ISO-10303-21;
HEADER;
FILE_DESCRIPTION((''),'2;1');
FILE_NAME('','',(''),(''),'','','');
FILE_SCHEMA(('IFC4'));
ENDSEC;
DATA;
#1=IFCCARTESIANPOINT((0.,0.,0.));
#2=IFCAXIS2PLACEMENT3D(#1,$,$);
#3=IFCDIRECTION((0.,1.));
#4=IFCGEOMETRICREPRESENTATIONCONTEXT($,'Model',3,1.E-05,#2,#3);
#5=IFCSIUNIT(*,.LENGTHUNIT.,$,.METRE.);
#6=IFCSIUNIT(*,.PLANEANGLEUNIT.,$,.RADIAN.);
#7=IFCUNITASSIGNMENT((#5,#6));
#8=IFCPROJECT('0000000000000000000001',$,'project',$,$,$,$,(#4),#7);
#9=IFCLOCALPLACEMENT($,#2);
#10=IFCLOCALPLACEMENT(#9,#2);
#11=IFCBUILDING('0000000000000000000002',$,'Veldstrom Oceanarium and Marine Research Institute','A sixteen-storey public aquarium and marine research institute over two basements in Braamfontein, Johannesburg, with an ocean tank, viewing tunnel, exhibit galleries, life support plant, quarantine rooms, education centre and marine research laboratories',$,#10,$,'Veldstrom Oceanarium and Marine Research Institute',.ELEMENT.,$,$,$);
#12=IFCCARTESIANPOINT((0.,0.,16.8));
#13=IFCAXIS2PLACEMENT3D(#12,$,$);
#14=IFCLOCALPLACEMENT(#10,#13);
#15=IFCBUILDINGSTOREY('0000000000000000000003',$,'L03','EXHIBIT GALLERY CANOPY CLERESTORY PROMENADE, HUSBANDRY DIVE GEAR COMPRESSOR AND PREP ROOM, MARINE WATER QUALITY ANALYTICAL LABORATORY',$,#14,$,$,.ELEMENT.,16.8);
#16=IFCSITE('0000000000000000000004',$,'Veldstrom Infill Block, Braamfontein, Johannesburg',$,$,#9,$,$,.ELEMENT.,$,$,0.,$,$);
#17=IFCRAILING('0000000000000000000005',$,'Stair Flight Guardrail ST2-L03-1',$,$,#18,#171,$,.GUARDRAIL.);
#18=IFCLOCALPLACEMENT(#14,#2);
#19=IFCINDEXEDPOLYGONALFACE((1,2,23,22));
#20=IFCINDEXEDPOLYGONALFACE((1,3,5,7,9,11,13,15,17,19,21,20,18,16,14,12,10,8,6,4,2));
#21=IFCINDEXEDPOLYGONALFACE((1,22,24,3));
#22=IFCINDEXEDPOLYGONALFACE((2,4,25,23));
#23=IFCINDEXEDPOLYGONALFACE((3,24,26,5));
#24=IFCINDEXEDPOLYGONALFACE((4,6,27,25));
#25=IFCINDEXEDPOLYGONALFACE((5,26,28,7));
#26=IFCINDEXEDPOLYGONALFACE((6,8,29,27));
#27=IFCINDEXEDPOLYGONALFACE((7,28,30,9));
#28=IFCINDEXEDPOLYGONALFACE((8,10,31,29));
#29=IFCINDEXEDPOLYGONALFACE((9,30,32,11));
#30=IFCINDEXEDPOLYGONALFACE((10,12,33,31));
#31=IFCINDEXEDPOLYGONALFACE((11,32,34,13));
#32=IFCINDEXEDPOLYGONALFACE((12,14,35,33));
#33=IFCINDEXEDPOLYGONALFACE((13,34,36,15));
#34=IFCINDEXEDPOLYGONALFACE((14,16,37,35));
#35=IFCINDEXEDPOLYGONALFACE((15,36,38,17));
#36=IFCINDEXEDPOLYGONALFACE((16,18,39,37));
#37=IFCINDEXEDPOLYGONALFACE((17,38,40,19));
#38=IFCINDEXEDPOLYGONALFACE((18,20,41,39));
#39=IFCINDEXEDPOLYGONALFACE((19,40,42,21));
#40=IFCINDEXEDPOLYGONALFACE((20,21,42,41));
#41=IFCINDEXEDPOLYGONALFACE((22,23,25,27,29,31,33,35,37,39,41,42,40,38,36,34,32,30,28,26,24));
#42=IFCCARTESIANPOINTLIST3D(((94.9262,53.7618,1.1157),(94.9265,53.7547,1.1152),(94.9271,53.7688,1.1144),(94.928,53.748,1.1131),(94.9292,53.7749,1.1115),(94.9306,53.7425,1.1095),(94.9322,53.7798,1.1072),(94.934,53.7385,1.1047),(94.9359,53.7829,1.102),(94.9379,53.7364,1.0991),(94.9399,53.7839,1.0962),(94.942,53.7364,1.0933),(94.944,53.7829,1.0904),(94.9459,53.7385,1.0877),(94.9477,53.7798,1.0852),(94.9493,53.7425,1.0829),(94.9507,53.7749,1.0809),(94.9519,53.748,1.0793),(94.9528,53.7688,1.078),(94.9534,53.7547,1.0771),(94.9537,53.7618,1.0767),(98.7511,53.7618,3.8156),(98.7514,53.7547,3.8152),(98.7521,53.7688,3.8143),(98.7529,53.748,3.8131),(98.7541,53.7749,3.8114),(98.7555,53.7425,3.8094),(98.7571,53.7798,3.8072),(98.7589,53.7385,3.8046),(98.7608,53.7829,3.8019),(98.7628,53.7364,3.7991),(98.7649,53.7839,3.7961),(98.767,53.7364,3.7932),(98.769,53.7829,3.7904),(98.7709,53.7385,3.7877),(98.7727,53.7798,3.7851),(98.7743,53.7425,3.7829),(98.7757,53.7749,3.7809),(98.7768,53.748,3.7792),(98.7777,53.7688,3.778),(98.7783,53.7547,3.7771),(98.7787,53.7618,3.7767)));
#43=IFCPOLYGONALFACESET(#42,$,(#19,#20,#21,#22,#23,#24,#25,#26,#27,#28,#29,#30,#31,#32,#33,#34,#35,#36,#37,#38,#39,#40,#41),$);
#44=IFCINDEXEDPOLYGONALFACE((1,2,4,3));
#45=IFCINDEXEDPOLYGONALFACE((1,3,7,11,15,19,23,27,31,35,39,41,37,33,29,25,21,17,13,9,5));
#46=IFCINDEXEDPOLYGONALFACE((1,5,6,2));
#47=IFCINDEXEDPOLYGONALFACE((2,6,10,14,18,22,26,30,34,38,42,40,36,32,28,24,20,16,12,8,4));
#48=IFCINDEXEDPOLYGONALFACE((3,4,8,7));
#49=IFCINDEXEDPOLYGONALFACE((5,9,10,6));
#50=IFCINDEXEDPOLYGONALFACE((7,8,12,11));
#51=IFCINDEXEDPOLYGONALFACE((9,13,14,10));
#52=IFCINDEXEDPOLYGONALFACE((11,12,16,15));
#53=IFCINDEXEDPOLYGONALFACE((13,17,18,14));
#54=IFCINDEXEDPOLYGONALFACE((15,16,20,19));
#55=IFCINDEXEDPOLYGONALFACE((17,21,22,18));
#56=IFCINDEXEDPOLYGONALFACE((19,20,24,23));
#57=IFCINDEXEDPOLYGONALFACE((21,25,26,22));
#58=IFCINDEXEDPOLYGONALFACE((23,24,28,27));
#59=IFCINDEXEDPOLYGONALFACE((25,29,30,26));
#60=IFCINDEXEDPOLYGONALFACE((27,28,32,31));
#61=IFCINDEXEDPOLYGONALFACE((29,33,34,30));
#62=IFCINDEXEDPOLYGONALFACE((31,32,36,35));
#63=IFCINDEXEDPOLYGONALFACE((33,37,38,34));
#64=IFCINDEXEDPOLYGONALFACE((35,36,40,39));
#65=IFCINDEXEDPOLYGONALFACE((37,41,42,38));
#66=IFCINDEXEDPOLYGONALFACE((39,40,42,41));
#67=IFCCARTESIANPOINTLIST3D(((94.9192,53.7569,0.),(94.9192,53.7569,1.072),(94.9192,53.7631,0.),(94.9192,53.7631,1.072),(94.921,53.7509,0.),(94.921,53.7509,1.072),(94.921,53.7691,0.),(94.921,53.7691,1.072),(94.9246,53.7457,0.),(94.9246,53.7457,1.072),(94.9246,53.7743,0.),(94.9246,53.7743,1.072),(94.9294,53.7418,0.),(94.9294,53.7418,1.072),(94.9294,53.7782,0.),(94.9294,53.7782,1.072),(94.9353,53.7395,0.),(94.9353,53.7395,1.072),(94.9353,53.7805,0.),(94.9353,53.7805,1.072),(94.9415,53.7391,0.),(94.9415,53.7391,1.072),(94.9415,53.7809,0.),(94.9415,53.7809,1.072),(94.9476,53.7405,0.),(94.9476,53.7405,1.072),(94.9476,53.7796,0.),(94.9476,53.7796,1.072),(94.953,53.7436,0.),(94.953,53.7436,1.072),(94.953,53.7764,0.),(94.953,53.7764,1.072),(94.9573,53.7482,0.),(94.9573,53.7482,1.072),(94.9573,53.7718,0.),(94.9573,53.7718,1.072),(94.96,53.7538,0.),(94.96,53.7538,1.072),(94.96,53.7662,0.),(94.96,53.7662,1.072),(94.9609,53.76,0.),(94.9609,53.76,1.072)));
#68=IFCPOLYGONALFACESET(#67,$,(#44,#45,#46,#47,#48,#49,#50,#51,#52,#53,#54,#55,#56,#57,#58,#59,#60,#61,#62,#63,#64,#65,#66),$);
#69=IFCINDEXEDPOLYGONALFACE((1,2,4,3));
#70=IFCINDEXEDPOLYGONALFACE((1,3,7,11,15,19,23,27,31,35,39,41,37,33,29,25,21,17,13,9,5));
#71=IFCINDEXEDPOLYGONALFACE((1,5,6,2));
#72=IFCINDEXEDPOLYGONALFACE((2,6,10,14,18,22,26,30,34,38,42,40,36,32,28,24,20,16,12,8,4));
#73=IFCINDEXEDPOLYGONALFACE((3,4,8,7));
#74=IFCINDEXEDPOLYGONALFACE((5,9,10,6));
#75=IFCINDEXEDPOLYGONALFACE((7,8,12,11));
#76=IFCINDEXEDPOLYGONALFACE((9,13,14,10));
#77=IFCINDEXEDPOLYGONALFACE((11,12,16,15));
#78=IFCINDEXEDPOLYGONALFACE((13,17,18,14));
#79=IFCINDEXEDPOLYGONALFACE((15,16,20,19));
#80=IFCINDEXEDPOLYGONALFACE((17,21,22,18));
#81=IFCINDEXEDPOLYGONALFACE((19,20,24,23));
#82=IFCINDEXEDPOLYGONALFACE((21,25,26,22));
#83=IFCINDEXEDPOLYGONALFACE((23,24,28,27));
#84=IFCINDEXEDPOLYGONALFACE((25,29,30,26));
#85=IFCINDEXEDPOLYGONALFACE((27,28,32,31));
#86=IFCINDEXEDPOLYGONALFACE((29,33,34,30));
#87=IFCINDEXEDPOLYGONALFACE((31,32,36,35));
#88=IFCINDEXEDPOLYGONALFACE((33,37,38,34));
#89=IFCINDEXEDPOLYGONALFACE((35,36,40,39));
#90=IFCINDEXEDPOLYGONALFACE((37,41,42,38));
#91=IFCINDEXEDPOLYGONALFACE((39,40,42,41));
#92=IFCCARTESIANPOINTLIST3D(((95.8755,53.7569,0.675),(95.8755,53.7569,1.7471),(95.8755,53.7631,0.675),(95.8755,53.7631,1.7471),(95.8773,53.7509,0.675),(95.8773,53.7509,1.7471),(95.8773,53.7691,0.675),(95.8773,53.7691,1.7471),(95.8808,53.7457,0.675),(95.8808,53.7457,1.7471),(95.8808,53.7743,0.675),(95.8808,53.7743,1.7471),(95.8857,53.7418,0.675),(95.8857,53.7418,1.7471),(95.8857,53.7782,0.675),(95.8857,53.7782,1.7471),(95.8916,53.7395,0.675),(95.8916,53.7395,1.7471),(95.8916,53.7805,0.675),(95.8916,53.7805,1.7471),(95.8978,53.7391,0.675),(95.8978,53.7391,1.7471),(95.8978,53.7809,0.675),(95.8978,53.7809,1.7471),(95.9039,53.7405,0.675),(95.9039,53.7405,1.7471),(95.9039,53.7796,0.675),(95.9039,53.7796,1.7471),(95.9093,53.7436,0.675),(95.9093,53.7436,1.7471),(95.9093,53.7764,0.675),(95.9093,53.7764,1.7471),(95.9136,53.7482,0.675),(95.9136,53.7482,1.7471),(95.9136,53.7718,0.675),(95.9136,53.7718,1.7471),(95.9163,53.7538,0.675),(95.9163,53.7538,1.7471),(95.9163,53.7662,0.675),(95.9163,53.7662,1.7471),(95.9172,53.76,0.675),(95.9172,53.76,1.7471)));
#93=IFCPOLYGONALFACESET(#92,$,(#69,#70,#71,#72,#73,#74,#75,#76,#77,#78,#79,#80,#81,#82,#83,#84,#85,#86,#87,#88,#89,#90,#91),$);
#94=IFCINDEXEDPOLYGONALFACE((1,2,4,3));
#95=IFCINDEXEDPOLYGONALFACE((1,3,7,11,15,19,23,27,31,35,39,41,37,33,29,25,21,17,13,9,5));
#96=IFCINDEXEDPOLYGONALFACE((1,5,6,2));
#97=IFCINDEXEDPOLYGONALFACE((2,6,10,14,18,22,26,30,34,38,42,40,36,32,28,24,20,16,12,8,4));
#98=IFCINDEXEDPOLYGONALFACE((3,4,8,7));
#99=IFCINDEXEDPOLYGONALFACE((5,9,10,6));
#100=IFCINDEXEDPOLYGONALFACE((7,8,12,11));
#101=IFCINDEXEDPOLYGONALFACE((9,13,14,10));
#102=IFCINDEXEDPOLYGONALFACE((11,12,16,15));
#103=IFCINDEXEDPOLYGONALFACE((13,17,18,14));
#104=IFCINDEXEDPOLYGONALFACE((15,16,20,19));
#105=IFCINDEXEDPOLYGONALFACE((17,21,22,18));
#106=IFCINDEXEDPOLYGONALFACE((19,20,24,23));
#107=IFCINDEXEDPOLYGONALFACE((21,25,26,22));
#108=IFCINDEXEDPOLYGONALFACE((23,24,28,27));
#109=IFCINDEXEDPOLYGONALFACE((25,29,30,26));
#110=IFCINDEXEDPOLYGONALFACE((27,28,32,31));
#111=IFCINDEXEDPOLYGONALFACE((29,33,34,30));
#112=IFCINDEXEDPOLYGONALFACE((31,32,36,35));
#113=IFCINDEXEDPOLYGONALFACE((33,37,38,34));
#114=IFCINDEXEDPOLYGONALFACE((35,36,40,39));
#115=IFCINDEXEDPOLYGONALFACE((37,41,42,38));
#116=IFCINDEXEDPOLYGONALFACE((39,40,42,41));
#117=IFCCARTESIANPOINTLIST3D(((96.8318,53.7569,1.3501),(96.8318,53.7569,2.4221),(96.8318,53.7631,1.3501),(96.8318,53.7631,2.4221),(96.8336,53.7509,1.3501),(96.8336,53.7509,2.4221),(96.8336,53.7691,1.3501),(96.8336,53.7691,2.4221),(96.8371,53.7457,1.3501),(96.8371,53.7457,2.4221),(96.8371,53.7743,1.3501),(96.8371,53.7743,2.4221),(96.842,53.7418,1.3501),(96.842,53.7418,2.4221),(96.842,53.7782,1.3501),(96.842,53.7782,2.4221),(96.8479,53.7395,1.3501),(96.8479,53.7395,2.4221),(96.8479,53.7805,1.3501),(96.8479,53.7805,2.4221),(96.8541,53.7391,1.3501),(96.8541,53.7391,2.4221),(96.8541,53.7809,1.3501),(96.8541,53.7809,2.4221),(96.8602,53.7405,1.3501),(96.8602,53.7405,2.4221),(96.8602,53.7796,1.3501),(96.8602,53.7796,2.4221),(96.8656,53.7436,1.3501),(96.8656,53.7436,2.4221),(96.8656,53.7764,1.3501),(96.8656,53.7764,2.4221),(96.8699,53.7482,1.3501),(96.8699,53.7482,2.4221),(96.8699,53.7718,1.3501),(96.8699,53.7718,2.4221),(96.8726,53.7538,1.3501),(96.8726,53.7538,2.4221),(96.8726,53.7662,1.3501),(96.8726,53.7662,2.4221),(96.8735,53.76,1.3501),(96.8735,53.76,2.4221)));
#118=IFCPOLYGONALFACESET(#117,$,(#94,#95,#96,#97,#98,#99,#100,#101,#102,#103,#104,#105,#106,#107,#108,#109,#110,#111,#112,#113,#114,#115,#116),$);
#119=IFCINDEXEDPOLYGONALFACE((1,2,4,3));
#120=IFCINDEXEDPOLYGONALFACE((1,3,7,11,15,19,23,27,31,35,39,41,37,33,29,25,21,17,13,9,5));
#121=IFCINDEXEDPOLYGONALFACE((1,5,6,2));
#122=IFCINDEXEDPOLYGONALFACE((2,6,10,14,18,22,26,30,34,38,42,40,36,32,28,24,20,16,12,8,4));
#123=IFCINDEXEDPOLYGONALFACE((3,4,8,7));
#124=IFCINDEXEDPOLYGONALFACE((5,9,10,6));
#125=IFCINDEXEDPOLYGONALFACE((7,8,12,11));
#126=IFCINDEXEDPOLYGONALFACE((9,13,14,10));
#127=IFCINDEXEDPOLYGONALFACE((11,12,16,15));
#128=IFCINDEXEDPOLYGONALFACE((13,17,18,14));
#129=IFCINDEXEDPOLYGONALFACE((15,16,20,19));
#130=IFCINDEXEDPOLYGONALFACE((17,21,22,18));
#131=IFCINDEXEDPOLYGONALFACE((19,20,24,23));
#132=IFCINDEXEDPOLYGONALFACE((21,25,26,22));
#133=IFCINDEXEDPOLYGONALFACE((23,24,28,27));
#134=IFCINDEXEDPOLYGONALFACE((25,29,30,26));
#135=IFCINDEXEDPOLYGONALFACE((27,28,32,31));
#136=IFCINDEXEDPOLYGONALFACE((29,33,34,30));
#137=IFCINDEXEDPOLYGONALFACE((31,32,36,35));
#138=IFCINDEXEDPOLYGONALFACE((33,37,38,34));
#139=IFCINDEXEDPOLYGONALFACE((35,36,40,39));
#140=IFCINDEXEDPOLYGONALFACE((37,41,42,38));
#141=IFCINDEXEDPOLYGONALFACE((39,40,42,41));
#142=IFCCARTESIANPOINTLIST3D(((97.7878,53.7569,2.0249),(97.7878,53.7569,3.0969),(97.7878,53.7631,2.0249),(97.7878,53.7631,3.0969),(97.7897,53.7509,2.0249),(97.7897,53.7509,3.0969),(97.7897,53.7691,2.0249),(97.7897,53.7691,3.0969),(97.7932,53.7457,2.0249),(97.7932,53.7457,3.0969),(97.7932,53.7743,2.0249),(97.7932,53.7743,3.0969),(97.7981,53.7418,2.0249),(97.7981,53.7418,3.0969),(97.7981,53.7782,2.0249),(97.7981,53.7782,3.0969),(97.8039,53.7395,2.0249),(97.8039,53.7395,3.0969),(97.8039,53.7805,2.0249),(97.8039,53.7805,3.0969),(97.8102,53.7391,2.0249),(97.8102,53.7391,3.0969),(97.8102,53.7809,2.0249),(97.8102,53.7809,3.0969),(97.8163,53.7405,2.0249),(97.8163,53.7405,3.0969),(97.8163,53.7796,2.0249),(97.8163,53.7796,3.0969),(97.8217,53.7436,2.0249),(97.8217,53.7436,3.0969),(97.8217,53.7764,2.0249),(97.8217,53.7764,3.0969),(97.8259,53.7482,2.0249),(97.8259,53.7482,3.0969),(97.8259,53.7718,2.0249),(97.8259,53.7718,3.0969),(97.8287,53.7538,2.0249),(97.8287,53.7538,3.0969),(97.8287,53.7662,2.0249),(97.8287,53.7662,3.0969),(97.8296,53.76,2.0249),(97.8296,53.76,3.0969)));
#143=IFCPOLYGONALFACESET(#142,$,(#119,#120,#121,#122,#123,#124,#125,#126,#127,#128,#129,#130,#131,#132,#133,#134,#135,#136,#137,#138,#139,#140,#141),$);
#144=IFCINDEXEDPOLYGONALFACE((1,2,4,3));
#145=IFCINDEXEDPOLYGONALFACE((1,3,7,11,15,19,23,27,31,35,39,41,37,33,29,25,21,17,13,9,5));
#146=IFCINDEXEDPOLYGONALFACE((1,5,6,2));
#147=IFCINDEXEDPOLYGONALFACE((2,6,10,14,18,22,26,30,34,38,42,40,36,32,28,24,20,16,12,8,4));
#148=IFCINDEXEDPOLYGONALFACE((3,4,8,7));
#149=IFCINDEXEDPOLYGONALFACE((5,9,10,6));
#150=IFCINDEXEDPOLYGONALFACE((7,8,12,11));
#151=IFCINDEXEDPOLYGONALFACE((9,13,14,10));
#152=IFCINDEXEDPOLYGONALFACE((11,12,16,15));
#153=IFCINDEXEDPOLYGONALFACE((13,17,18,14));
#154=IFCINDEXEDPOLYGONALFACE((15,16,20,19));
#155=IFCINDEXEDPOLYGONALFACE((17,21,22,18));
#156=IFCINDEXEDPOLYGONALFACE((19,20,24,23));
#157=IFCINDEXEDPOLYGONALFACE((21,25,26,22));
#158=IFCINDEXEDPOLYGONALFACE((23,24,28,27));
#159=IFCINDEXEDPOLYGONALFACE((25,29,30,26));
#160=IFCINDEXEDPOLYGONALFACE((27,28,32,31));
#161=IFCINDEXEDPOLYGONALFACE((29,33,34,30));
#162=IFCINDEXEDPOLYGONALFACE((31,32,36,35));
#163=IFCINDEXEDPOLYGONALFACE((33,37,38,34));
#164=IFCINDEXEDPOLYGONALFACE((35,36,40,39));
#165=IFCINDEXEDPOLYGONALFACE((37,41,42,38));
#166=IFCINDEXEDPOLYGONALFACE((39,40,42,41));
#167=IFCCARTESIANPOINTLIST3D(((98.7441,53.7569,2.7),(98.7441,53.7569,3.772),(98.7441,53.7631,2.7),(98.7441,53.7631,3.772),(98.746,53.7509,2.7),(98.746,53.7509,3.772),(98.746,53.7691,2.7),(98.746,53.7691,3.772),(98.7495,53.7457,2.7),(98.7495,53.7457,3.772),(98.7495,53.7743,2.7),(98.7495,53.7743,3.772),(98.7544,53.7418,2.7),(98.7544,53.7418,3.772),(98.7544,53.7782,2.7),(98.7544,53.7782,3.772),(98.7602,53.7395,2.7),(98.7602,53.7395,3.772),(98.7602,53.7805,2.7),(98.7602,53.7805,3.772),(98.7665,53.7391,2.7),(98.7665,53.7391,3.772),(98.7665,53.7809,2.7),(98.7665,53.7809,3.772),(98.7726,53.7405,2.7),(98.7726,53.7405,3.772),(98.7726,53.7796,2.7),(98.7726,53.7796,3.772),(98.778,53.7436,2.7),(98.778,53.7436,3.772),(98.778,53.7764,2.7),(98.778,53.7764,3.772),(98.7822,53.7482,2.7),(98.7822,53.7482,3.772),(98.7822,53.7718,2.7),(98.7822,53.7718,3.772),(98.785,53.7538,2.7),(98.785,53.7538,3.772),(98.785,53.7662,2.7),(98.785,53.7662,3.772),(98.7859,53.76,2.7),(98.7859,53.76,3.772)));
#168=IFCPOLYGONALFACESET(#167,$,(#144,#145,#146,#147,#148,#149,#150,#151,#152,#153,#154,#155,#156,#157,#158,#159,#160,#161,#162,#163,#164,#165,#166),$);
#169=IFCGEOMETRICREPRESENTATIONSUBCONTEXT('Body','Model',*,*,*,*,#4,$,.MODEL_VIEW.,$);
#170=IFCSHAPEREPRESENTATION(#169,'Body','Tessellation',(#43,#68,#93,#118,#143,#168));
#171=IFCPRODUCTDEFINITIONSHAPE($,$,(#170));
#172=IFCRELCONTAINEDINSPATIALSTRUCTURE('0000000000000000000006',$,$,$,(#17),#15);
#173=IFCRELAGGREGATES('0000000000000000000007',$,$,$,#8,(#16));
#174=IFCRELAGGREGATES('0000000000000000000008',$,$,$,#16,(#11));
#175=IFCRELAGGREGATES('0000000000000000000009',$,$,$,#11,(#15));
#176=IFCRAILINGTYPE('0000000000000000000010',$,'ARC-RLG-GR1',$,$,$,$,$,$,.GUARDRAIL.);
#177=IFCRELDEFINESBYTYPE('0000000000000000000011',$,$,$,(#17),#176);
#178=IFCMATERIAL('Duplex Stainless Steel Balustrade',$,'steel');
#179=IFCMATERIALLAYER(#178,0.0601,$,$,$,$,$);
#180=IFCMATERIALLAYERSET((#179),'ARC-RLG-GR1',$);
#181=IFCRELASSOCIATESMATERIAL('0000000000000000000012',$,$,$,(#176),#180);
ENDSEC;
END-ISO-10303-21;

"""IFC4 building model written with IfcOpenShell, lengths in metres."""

from ifc_helpers import new_model, si_unit, direction, frame, origin, origin_2d, place, context, subcontext, project, spatial, circle, extrude, material, layer, layer_set, type_object, element, save


model = new_model("IFC4")

# Units and contexts
model_context = context("Model", 3, precision=1e-05, world=origin(), true_north=direction((0.0, 1.0)))
body_context = subcontext(model_context, "Body", "Model", "MODEL_VIEW")
ifc_project = project(units=[si_unit("LENGTHUNIT", "METRE"), si_unit("PLANEANGLEUNIT", "RADIAN")], contexts=[model_context])

# Site, building, storey
site_placement = place(None, origin())
site = spatial("IfcSite", under=ifc_project, at=site_placement, Name="Veldstrom Infill Block, Braamfontein, Johannesburg", CompositionType="ELEMENT", RefElevation=0.0)
building_placement = place(site_placement, origin())
building = spatial("IfcBuilding", under=site, at=building_placement, Name="Veldstrom Oceanarium and Marine Research Institute", Description="A sixteen-storey public aquarium and marine research institute over two basements in Braamfontein, Johannesburg, with an ocean tank, viewing tunnel, exhibit galleries, life support plant, quarantine rooms, education centre and marine research laboratories", LongName="Veldstrom Oceanarium and Marine Research Institute", CompositionType="ELEMENT")
storey_placement = place(building_placement, frame((0.0, 0.0, 16.8)))
storey = spatial("IfcBuildingStorey", under=building, at=storey_placement, Name="L03", Description="EXHIBIT GALLERY CANOPY CLERESTORY PROMENADE, HUSBANDRY DIVE GEAR COMPRESSOR AND PREP ROOM, MARINE WATER QUALITY ANALYTICAL LABORATORY", CompositionType="ELEMENT", Elevation=16.8)

# Railing
ifc_material_1 = material(Name="Duplex Stainless Steel Balustrade", Category="steel")
ifc_layer_1 = layer(ifc_material_1, 0.0601)
ifc_layer_set_1 = layer_set([ifc_layer_1], Name="ARC-RLG-GR1")
railing_type_1 = type_object("IfcRailingType", Name="ARC-RLG-GR1", PredefinedType="GUARDRAIL", material=ifc_layer_set_1)
railing_1_placement = place(storey_placement, frame((94.9399, 53.76, 0.0)))
element("IfcRailing", 1, at=railing_1_placement, inside=storey, type_object=railing_type_1, Name="Stair Flight Guardrail ST2-L03-1", PredefinedType="GUARDRAIL", context=body_context, shape_type="SweptSolid", body=[
    extrude(circle(Radius=0.0239, at=origin_2d()), frame((0.0, 0.0, 1.0962), z_axis=(0.816969, 0.0, 0.576681), x_axis=(0.0, 1.0, 0.0)), (0.0, 0.0, 1.0), 4.6819),
    extrude(circle(Radius=0.021, at=origin_2d()), origin(), (0.0, 0.0, 1.0), 1.072),
    extrude(circle(Radius=0.021, at=origin_2d()), frame((0.9563, 0.0, 0.675)), (0.0, 0.0, 1.0), 1.072),
    extrude(circle(Radius=0.021, at=origin_2d()), frame((1.9126, 0.0, 1.3501)), (0.0, 0.0, 1.0), 1.072),
    extrude(circle(Radius=0.021, at=origin_2d()), frame((2.8687, 0.0, 2.0249)), (0.0, 0.0, 1.0), 1.072),
    extrude(circle(Radius=0.021, at=origin_2d()), frame((3.825, 0.0, 2.7)), (0.0, 0.0, 1.0), 1.072),
])

save(model, "model.ifc")
